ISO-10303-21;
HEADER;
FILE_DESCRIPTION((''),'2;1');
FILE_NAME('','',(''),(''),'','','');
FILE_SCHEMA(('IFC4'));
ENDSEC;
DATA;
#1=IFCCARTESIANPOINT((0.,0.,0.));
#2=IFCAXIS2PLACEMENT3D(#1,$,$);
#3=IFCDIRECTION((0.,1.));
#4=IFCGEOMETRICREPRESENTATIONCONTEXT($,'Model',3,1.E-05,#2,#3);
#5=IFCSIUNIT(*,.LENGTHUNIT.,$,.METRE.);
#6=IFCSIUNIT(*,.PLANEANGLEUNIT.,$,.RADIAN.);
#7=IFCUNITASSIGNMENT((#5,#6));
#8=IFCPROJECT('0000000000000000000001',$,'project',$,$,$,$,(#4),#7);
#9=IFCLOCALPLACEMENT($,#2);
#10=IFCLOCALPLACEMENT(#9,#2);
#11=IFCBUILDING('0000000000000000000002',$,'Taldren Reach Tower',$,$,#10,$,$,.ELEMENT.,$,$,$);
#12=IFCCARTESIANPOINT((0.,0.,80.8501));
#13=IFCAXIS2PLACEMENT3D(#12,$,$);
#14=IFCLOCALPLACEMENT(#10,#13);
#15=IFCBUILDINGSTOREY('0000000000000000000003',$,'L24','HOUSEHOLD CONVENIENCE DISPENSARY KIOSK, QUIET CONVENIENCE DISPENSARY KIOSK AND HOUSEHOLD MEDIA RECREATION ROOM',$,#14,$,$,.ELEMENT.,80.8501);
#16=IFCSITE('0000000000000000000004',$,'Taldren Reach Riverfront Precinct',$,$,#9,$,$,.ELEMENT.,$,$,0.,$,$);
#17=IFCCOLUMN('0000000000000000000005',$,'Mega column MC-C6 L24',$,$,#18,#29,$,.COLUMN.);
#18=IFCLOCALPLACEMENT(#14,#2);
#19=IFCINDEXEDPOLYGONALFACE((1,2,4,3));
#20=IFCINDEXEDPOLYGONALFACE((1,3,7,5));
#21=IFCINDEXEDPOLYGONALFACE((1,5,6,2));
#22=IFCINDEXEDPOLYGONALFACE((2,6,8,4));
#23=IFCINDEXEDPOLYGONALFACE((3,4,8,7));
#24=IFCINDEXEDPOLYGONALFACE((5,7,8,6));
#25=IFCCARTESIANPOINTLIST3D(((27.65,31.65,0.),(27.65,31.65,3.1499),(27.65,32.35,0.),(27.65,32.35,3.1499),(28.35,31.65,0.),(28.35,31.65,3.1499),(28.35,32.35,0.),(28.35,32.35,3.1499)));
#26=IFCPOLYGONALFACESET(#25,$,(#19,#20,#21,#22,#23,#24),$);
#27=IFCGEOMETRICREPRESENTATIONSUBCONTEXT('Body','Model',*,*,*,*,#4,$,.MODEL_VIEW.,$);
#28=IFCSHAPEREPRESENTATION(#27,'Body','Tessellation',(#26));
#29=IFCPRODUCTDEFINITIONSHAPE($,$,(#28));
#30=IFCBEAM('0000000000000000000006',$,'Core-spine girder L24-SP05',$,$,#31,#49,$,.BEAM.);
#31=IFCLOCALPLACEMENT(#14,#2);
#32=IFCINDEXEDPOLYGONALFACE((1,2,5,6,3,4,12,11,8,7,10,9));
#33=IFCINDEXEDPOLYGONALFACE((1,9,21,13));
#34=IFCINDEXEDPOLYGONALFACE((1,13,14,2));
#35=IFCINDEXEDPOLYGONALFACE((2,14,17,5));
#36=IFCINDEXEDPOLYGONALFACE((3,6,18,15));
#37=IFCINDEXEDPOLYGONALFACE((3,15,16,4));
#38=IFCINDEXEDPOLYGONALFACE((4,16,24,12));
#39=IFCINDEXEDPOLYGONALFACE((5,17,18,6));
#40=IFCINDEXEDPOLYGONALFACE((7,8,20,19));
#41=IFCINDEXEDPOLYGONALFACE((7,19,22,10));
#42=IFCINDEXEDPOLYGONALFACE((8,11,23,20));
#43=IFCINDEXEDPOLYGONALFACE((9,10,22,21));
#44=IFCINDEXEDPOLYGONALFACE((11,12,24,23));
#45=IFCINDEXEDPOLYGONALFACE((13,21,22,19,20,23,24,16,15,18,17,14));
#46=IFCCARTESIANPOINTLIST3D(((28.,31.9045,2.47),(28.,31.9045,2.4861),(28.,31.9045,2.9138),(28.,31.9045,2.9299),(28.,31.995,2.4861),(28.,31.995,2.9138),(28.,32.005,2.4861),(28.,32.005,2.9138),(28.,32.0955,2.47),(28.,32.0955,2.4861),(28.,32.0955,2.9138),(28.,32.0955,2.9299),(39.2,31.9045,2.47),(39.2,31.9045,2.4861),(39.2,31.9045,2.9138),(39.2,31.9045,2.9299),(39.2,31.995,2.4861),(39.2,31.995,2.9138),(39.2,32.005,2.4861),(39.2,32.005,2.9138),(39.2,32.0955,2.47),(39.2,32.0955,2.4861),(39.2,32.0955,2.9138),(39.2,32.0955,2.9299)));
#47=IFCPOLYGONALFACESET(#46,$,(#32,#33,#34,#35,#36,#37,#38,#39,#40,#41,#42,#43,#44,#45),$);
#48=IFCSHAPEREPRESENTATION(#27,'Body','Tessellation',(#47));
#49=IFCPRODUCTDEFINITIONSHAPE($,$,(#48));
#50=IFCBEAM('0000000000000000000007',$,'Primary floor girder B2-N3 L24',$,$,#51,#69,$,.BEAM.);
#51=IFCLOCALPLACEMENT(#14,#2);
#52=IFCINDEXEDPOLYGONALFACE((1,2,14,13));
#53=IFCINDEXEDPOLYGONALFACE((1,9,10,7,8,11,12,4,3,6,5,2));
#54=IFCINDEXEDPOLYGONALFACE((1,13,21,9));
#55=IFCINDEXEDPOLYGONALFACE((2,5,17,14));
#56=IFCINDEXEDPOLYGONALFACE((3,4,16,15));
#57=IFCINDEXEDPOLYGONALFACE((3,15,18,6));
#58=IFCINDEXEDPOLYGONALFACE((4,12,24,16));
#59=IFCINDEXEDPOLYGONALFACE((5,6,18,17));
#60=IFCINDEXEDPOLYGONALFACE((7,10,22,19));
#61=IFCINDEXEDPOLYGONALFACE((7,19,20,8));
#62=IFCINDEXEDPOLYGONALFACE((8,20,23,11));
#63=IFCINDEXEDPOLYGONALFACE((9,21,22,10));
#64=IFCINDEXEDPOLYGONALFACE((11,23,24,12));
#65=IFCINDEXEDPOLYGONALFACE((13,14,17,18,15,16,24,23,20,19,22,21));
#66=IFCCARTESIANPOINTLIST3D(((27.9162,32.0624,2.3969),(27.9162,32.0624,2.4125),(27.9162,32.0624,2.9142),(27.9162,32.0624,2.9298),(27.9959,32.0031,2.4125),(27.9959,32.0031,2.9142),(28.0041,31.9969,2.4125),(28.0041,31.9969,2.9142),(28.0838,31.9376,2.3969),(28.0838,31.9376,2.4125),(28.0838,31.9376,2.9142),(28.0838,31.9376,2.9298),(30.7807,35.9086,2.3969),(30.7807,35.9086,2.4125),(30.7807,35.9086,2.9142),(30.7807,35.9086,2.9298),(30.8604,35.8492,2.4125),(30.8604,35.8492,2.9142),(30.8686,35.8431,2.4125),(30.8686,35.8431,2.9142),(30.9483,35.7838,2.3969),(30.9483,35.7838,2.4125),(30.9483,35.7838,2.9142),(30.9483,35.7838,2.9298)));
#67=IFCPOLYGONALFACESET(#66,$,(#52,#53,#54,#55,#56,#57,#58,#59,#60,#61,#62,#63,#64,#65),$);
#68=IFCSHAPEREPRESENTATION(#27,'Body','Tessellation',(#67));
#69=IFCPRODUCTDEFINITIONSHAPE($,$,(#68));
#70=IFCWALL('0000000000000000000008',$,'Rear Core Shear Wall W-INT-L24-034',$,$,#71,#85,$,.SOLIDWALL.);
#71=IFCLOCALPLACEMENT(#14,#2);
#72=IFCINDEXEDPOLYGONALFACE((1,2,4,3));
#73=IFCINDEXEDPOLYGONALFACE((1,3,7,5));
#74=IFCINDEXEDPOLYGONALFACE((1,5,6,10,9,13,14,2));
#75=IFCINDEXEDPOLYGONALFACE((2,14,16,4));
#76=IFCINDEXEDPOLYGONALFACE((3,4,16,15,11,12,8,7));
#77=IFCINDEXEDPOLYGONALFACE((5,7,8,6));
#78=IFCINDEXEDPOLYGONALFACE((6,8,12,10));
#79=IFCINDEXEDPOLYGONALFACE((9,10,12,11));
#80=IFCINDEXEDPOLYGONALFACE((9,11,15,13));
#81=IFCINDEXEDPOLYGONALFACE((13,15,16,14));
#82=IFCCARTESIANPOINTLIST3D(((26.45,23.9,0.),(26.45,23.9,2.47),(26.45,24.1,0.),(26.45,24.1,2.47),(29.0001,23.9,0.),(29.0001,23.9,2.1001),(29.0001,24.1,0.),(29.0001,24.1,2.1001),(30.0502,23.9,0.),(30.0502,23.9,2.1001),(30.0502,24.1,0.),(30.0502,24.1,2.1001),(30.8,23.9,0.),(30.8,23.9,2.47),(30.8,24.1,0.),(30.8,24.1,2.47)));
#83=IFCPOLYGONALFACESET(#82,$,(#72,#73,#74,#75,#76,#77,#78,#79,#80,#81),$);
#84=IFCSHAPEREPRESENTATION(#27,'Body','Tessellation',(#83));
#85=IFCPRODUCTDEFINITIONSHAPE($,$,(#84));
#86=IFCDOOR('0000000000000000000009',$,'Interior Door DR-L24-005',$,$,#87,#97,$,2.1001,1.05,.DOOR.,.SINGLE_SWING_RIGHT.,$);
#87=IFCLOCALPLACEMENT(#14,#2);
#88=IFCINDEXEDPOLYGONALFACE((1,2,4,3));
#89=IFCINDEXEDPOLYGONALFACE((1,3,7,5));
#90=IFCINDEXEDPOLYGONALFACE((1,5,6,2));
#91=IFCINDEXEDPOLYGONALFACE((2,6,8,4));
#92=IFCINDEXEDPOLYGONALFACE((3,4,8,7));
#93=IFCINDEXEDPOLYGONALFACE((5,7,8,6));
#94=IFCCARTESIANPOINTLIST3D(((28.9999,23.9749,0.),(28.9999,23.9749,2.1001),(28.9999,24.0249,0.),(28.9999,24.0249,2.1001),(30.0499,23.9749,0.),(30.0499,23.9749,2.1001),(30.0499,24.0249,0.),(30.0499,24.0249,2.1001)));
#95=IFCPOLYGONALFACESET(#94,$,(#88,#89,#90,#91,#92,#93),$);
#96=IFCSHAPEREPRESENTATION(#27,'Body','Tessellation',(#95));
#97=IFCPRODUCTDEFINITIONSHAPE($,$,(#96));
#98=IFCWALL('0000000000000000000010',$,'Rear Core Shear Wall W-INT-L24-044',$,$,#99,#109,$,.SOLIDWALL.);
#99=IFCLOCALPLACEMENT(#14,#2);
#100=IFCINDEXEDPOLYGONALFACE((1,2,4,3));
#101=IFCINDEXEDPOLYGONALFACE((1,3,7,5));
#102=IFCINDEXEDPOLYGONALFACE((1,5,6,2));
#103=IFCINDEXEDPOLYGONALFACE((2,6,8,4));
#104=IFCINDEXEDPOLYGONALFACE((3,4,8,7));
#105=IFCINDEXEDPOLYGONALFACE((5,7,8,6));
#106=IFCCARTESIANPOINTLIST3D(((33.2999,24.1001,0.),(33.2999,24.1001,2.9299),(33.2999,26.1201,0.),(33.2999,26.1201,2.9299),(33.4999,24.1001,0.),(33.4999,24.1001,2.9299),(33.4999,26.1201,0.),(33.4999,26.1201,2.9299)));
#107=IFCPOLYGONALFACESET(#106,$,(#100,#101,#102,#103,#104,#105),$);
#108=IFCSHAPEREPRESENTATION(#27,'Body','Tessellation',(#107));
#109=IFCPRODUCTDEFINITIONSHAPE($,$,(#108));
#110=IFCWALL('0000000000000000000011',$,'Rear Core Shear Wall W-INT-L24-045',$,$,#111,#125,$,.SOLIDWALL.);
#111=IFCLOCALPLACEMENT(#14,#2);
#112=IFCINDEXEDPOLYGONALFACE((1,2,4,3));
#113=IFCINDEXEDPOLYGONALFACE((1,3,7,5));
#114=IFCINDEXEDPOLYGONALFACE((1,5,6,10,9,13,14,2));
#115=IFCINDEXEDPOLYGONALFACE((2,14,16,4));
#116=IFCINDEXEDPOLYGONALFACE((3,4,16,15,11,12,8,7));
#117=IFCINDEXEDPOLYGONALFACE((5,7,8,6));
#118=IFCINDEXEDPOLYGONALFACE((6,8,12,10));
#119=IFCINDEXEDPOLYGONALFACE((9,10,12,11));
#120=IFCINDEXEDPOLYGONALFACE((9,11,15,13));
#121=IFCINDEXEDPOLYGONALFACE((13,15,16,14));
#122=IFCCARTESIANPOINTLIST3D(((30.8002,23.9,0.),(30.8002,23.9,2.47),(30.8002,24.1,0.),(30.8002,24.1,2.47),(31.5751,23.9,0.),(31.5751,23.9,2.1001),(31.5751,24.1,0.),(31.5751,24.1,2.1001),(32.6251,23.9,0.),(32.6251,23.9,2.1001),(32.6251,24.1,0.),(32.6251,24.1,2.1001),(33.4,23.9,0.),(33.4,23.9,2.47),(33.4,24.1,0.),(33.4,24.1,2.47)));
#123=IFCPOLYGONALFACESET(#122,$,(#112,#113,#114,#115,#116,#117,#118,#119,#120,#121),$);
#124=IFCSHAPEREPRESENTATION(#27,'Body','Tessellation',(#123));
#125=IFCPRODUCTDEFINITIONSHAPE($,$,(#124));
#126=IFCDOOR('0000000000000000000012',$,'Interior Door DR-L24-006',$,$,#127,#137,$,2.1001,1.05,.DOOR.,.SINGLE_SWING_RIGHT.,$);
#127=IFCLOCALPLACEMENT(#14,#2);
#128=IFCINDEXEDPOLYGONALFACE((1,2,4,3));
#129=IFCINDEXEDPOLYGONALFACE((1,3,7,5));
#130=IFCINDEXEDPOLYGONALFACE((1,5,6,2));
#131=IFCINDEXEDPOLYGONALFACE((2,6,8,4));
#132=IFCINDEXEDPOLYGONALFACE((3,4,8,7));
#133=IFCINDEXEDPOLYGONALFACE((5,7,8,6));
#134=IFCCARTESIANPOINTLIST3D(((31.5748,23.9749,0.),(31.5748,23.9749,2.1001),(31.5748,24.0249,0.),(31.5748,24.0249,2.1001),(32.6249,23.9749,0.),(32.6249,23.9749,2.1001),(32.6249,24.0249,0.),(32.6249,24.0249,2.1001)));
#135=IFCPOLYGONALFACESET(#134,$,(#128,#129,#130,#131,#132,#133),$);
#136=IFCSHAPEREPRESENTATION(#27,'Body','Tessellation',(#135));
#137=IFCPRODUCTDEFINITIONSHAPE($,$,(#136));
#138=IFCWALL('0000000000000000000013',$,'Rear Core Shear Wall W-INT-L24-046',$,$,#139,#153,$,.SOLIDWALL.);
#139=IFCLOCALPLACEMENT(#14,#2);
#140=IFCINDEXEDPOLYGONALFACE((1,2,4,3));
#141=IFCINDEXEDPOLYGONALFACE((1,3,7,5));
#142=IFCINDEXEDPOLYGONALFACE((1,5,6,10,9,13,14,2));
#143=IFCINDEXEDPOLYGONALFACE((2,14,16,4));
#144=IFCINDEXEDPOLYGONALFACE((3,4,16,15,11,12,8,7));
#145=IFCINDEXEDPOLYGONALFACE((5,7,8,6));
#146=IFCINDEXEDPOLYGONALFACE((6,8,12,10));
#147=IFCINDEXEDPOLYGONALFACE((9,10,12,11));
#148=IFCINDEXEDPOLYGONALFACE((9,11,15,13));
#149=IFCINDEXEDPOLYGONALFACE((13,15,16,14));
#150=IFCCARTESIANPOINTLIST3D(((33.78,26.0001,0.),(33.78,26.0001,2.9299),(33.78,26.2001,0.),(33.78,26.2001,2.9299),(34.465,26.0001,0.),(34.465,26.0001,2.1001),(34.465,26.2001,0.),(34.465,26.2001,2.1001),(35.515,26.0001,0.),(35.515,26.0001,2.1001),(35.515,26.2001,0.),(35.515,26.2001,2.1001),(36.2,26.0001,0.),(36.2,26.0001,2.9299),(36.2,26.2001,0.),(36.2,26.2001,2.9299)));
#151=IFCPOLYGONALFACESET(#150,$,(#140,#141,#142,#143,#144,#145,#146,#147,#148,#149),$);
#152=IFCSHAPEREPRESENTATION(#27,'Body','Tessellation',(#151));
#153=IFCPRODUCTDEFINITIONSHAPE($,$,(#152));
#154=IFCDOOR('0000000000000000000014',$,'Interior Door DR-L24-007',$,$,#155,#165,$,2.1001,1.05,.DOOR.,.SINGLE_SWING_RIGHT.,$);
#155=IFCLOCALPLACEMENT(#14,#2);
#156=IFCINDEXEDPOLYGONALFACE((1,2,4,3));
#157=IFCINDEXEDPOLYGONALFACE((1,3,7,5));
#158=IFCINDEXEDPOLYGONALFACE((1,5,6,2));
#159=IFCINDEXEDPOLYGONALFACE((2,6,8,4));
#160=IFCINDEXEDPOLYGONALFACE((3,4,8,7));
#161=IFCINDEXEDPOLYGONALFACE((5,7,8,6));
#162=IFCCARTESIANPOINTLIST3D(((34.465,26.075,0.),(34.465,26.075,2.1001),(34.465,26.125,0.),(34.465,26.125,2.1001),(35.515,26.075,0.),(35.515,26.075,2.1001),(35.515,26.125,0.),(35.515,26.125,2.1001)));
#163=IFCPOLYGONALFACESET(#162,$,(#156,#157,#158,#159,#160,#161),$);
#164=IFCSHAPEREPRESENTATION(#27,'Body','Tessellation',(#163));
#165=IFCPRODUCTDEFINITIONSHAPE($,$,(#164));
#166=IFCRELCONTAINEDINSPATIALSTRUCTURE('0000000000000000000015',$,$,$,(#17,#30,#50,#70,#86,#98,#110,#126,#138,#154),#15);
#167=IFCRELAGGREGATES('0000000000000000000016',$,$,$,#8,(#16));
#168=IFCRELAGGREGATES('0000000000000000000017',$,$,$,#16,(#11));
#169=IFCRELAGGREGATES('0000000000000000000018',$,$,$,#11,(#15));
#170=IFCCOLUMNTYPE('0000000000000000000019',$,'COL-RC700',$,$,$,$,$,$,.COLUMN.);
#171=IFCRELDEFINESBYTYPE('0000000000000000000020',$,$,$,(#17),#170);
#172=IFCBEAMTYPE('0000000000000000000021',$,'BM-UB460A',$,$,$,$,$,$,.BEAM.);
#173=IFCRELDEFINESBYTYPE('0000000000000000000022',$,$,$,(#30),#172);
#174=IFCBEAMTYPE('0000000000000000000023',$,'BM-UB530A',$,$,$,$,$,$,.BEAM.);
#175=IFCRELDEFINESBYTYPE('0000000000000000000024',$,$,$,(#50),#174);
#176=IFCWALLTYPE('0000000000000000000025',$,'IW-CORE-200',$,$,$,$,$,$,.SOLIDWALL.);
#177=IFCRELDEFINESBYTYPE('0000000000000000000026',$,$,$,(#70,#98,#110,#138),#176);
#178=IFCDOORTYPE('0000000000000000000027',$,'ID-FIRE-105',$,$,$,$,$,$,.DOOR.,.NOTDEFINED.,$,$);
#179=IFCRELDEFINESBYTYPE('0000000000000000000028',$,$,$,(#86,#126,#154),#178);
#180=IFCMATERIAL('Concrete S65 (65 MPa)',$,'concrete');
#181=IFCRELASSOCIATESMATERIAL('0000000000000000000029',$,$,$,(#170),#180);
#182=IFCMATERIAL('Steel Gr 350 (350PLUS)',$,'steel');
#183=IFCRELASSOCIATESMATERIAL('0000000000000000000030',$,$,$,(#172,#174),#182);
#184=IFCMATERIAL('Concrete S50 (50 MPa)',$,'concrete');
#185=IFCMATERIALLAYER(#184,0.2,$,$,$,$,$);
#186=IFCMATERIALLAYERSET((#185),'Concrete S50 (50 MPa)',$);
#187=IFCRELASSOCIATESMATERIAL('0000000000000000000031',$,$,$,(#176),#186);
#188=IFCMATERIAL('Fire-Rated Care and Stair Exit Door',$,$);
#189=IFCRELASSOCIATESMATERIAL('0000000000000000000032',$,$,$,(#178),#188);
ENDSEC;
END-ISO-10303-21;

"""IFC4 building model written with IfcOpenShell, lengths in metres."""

from ifc_helpers import new_model, si_unit, direction, frame, frame_2d, origin, origin_2d, place, context, subcontext, project, spatial, rectangle, i_section, extrude, source, transform, mapped, material, layer, layer_set, material_profile, profile_set, type_object, element, fill, save


model = new_model("IFC4")

# Units and contexts
model_context = context("Model", 3, precision=1e-05, world=origin(), true_north=direction((0.0, 1.0)))
body_context = subcontext(model_context, "Body", "Model", "MODEL_VIEW")
ifc_project = project(units=[si_unit("LENGTHUNIT", "METRE"), si_unit("PLANEANGLEUNIT", "RADIAN")], contexts=[model_context])

# Site, building, storey
site_placement = place(None, origin())
site = spatial("IfcSite", under=ifc_project, at=site_placement, Name="Taldren Reach Riverfront Precinct", CompositionType="ELEMENT", RefElevation=0.0)
building_placement = place(site_placement, origin())
building = spatial("IfcBuilding", under=site, at=building_placement, Name="Taldren Reach Tower", CompositionType="ELEMENT")
storey_placement = place(building_placement, frame((0.0, 0.0, 80.8501)))
storey = spatial("IfcBuildingStorey", under=building, at=storey_placement, Name="L24", Description="HOUSEHOLD CONVENIENCE DISPENSARY KIOSK, QUIET CONVENIENCE DISPENSARY KIOSK AND HOUSEHOLD MEDIA RECREATION ROOM", CompositionType="ELEMENT", Elevation=80.8501)

# Column
ifc_material_1 = material(Name="Concrete S65 (65 MPa)", Category="concrete")
ifc_material_profile_1 = material_profile(ifc_material_1, rectangle(XDim=0.7, YDim=0.7, at=origin_2d()), Name="RC-700x700")
ifc_profile_set_1 = profile_set([ifc_material_profile_1], Name="Concrete S65 (65 MPa)")
column_type = type_object("IfcColumnType", Name="COL-RC700", PredefinedType="COLUMN", material=ifc_profile_set_1)
shared_shape_1 = source(origin(), body_context, "Body", "SweptSolid", [
    extrude(rectangle(XDim=0.7, YDim=0.7, at=origin_2d()), origin(), (0.0, 0.0, 1.0), 3.1499),
])
column_placement = place(storey_placement, frame((28.0, 32.0, 0.0), z_axis=(0.0, 0.0, 1.0), x_axis=(1.0, 0.0, 0.0)))
element("IfcColumn", 1, at=column_placement, inside=storey, type_object=column_type, Name="Mega column MC-C6 L24", PredefinedType="COLUMN", context=body_context, shape_type="MappedRepresentation", body=[
    mapped(shared_shape_1, transform((0.0, 0.0, 0.0), scale=1.0)),
])

# Beams
ifc_material_2 = material(Name="Steel Gr 350 (350PLUS)", Category="steel")
ifc_material_profile_2 = material_profile(ifc_material_2, i_section(OverallWidth=0.1909, OverallDepth=0.46, WebThickness=0.01, FlangeThickness=0.0161, at=origin_2d()), Name="460UB82.1")
ifc_profile_set_2 = profile_set([ifc_material_profile_2], Name="Steel Gr 350 (350PLUS)")
beam_type_1 = type_object("IfcBeamType", Name="BM-UB460A", PredefinedType="BEAM", material=ifc_profile_set_2)
shared_shape_2 = source(origin(), body_context, "Body", "SweptSolid", [
    extrude(i_section(OverallWidth=0.1909, OverallDepth=0.46, WebThickness=0.01, FlangeThickness=0.0161, at=origin_2d()), origin(), (0.0, 0.0, 1.0), 11.2),
])
beam_1_placement = place(storey_placement, frame((28.0, 32.0, 2.7), z_axis=(1.0, 0.0, 0.0), x_axis=(0.0, 1.0, 0.0)))
element("IfcBeam", 2, at=beam_1_placement, inside=storey, type_object=beam_type_1, Name="Core-spine girder L24-SP05", PredefinedType="BEAM", context=body_context, shape_type="MappedRepresentation", body=[
    mapped(shared_shape_2, transform((0.0, 0.0, 0.0), scale=1.0)),
])
ifc_material_profile_3 = material_profile(ifc_material_2, i_section(OverallWidth=0.209, OverallDepth=0.533, WebThickness=0.0103, FlangeThickness=0.0156, at=origin_2d()), Name="530UB92.4")
ifc_profile_set_3 = profile_set([ifc_material_profile_3], Name="Steel Gr 350 (350PLUS)")
beam_type_2 = type_object("IfcBeamType", Name="BM-UB530A", PredefinedType="BEAM", material=ifc_profile_set_3)
shared_shape_3 = source(origin(), body_context, "Body", "SweptSolid", [
    extrude(i_section(OverallWidth=0.209, OverallDepth=0.533, WebThickness=0.0103, FlangeThickness=0.0156, at=origin_2d()), origin(), (0.0, 0.0, 1.0), 4.7957),
])
beam_2_placement = place(storey_placement, frame((28.0, 32.0, 2.6633), z_axis=(0.597309, 0.802011, 0.0), x_axis=(-0.802011, 0.597309, 0.0)))
element("IfcBeam", 3, at=beam_2_placement, inside=storey, type_object=beam_type_2, Name="Primary floor girder B2-N3 L24", PredefinedType="BEAM", context=body_context, shape_type="MappedRepresentation", body=[
    mapped(shared_shape_3, transform((0.0, 0.0, 0.0), scale=1.0)),
])

# Wall, opening, door
ifc_material_3 = material(Name="Concrete S50 (50 MPa)", Category="concrete")
ifc_layer_1 = layer(ifc_material_3, 0.2)
ifc_layer_set_1 = layer_set([ifc_layer_1], Name="Concrete S50 (50 MPa)")
wall_type_1 = type_object("IfcWallType", Name="IW-CORE-200", PredefinedType="SOLIDWALL", material=ifc_layer_set_1)
shared_shape_4 = source(origin(), body_context, "Body", "SweptSolid", [
    extrude(rectangle(XDim=4.3501, YDim=0.2, at=frame_2d((2.175, 0.0))), origin(), (0.0, 0.0, 1.0), 2.47),
])
wall_1_placement = place(storey_placement, frame((30.8, 24.0, 0.0), z_axis=(0.0, 0.0, 1.0), x_axis=(-1.0, 0.0, 0.0)))
wall_1 = element("IfcWall", 4, at=wall_1_placement, inside=storey, type_object=wall_type_1, Name="Rear Core Shear Wall W-INT-L24-034", PredefinedType="SOLIDWALL", context=body_context, shape_type="MappedRepresentation", body=[
    mapped(shared_shape_4, transform((0.0, 0.0, 0.0), scale=1.0)),
])
shared_shape_5 = source(origin(), body_context, "Body", "SweptSolid", [
    extrude(rectangle(XDim=1.05, YDim=2.1001, at=frame_2d((0.5249, 1.05))), frame((0.0, 0.1099, 0.0), z_axis=(0.0, -1.0, 0.0), x_axis=(1.0, 0.0, 0.0)), (0.0, 0.0, 1.0), 0.22),
])
opening_1_placement = place(wall_1_placement, frame((0.75, 0.0, 0.0)))
opening_1 = element("IfcOpeningElement", 5, at=opening_1_placement, cuts=wall_1, PredefinedType="OPENING", context=body_context, shape_type="MappedRepresentation", body=[
    mapped(shared_shape_5, transform((0.0, 0.0, 0.0), scale=1.0)),
])
ifc_material_4 = material(Name="Fire-Rated Care and Stair Exit Door")
door_type_1 = type_object("IfcDoorType", Name="ID-FIRE-105", OperationType="NOTDEFINED", PredefinedType="DOOR", material=ifc_material_4)
shared_shape_6 = source(origin(), body_context, "Body", "SweptSolid", [
    extrude(rectangle(XDim=1.05, YDim=2.1001, at=frame_2d((0.5249, 1.05))), frame((0.0, 0.0249, 0.0), z_axis=(0.0, -1.0, 0.0), x_axis=(1.0, 0.0, 0.0)), (0.0, 0.0, 1.0), 0.05),
])
door_1_placement = place(opening_1_placement, frame((1.05, 0.0, 0.0), z_axis=(0.0, 0.0, 1.0), x_axis=(-1.0, 0.0, 0.0)))
door_1 = element("IfcDoor", 6, at=door_1_placement, inside=storey, type_object=door_type_1, Name="Interior Door DR-L24-005", OperationType="SINGLE_SWING_RIGHT", OverallHeight=2.1001, OverallWidth=1.05, PredefinedType="DOOR", context=body_context, shape_type="MappedRepresentation", body=[
    mapped(shared_shape_6, transform((0.0, 0.0, 0.0), scale=1.0)),
])
fill(opening_1, door_1)

# Wall
shared_shape_7 = source(origin(), body_context, "Body", "SweptSolid", [
    extrude(rectangle(XDim=2.02, YDim=0.2, at=frame_2d((1.01, 0.0))), origin(), (0.0, 0.0, 1.0), 2.9299),
])
wall_2_placement = place(storey_placement, frame((33.3999, 26.1201, 0.0), z_axis=(0.0, 0.0, 1.0), x_axis=(0.0, -1.0, 0.0)))
element("IfcWall", 7, at=wall_2_placement, inside=storey, type_object=wall_type_1, Name="Rear Core Shear Wall W-INT-L24-044", PredefinedType="SOLIDWALL", context=body_context, shape_type="MappedRepresentation", body=[
    mapped(shared_shape_7, transform((0.0, 0.0, 0.0), scale=1.0)),
])

# Walls, openings, doors
shared_shape_8 = source(origin(), body_context, "Body", "SweptSolid", [
    extrude(rectangle(XDim=2.5999, YDim=0.2, at=frame_2d((1.2998, 0.0))), origin(), (0.0, 0.0, 1.0), 2.47),
])
wall_3_placement = place(storey_placement, frame((33.3999, 24.0, 0.0), z_axis=(0.0, 0.0, 1.0), x_axis=(-1.0, 0.0, 0.0)))
wall_3 = element("IfcWall", 8, at=wall_3_placement, inside=storey, type_object=wall_type_1, Name="Rear Core Shear Wall W-INT-L24-045", PredefinedType="SOLIDWALL", context=body_context, shape_type="MappedRepresentation", body=[
    mapped(shared_shape_8, transform((0.0, 0.0, 0.0), scale=1.0)),
])
opening_2_placement = place(wall_3_placement, frame((0.7749, 0.0, 0.0)))
opening_2 = element("IfcOpeningElement", 9, at=opening_2_placement, cuts=wall_3, PredefinedType="OPENING", context=body_context, shape_type="MappedRepresentation", body=[
    mapped(shared_shape_5, transform((0.0, 0.0, 0.0), scale=1.0)),
])
door_2_placement = place(opening_2_placement, frame((1.05, 0.0, 0.0), z_axis=(0.0, 0.0, 1.0), x_axis=(-1.0, 0.0, 0.0)))
door_2 = element("IfcDoor", 10, at=door_2_placement, inside=storey, type_object=door_type_1, Name="Interior Door DR-L24-006", OperationType="SINGLE_SWING_RIGHT", OverallHeight=2.1001, OverallWidth=1.05, PredefinedType="DOOR", context=body_context, shape_type="MappedRepresentation", body=[
    mapped(shared_shape_6, transform((0.0, 0.0, 0.0), scale=1.0)),
])
fill(opening_2, door_2)
shared_shape_9 = source(origin(), body_context, "Body", "SweptSolid", [
    extrude(rectangle(XDim=2.4199, YDim=0.2, at=frame_2d((1.21, 0.0))), origin(), (0.0, 0.0, 1.0), 2.9299),
])
wall_4_placement = place(storey_placement, frame((33.78, 26.1001, 0.0), z_axis=(0.0, 0.0, 1.0), x_axis=(1.0, 0.0, 0.0)))
wall_4 = element("IfcWall", 11, at=wall_4_placement, inside=storey, type_object=wall_type_1, Name="Rear Core Shear Wall W-INT-L24-046", PredefinedType="SOLIDWALL", context=body_context, shape_type="MappedRepresentation", body=[
    mapped(shared_shape_9, transform((0.0, 0.0, 0.0), scale=1.0)),
])
opening_3_placement = place(wall_4_placement, frame((0.6851, 0.0, 0.0)))
opening_3 = element("IfcOpeningElement", 12, at=opening_3_placement, cuts=wall_4, PredefinedType="OPENING", context=body_context, shape_type="MappedRepresentation", body=[
    mapped(shared_shape_5, transform((0.0, 0.0, 0.0), scale=1.0)),
])
door_3_placement = place(opening_3_placement, origin())
door_3 = element("IfcDoor", 13, at=door_3_placement, inside=storey, type_object=door_type_1, Name="Interior Door DR-L24-007", OperationType="SINGLE_SWING_RIGHT", OverallHeight=2.1001, OverallWidth=1.05, PredefinedType="DOOR", context=body_context, shape_type="MappedRepresentation", body=[
    mapped(shared_shape_6, transform((0.0, 0.0, 0.0), scale=1.0)),
])
fill(opening_3, door_3)

save(model, "model.ifc")
